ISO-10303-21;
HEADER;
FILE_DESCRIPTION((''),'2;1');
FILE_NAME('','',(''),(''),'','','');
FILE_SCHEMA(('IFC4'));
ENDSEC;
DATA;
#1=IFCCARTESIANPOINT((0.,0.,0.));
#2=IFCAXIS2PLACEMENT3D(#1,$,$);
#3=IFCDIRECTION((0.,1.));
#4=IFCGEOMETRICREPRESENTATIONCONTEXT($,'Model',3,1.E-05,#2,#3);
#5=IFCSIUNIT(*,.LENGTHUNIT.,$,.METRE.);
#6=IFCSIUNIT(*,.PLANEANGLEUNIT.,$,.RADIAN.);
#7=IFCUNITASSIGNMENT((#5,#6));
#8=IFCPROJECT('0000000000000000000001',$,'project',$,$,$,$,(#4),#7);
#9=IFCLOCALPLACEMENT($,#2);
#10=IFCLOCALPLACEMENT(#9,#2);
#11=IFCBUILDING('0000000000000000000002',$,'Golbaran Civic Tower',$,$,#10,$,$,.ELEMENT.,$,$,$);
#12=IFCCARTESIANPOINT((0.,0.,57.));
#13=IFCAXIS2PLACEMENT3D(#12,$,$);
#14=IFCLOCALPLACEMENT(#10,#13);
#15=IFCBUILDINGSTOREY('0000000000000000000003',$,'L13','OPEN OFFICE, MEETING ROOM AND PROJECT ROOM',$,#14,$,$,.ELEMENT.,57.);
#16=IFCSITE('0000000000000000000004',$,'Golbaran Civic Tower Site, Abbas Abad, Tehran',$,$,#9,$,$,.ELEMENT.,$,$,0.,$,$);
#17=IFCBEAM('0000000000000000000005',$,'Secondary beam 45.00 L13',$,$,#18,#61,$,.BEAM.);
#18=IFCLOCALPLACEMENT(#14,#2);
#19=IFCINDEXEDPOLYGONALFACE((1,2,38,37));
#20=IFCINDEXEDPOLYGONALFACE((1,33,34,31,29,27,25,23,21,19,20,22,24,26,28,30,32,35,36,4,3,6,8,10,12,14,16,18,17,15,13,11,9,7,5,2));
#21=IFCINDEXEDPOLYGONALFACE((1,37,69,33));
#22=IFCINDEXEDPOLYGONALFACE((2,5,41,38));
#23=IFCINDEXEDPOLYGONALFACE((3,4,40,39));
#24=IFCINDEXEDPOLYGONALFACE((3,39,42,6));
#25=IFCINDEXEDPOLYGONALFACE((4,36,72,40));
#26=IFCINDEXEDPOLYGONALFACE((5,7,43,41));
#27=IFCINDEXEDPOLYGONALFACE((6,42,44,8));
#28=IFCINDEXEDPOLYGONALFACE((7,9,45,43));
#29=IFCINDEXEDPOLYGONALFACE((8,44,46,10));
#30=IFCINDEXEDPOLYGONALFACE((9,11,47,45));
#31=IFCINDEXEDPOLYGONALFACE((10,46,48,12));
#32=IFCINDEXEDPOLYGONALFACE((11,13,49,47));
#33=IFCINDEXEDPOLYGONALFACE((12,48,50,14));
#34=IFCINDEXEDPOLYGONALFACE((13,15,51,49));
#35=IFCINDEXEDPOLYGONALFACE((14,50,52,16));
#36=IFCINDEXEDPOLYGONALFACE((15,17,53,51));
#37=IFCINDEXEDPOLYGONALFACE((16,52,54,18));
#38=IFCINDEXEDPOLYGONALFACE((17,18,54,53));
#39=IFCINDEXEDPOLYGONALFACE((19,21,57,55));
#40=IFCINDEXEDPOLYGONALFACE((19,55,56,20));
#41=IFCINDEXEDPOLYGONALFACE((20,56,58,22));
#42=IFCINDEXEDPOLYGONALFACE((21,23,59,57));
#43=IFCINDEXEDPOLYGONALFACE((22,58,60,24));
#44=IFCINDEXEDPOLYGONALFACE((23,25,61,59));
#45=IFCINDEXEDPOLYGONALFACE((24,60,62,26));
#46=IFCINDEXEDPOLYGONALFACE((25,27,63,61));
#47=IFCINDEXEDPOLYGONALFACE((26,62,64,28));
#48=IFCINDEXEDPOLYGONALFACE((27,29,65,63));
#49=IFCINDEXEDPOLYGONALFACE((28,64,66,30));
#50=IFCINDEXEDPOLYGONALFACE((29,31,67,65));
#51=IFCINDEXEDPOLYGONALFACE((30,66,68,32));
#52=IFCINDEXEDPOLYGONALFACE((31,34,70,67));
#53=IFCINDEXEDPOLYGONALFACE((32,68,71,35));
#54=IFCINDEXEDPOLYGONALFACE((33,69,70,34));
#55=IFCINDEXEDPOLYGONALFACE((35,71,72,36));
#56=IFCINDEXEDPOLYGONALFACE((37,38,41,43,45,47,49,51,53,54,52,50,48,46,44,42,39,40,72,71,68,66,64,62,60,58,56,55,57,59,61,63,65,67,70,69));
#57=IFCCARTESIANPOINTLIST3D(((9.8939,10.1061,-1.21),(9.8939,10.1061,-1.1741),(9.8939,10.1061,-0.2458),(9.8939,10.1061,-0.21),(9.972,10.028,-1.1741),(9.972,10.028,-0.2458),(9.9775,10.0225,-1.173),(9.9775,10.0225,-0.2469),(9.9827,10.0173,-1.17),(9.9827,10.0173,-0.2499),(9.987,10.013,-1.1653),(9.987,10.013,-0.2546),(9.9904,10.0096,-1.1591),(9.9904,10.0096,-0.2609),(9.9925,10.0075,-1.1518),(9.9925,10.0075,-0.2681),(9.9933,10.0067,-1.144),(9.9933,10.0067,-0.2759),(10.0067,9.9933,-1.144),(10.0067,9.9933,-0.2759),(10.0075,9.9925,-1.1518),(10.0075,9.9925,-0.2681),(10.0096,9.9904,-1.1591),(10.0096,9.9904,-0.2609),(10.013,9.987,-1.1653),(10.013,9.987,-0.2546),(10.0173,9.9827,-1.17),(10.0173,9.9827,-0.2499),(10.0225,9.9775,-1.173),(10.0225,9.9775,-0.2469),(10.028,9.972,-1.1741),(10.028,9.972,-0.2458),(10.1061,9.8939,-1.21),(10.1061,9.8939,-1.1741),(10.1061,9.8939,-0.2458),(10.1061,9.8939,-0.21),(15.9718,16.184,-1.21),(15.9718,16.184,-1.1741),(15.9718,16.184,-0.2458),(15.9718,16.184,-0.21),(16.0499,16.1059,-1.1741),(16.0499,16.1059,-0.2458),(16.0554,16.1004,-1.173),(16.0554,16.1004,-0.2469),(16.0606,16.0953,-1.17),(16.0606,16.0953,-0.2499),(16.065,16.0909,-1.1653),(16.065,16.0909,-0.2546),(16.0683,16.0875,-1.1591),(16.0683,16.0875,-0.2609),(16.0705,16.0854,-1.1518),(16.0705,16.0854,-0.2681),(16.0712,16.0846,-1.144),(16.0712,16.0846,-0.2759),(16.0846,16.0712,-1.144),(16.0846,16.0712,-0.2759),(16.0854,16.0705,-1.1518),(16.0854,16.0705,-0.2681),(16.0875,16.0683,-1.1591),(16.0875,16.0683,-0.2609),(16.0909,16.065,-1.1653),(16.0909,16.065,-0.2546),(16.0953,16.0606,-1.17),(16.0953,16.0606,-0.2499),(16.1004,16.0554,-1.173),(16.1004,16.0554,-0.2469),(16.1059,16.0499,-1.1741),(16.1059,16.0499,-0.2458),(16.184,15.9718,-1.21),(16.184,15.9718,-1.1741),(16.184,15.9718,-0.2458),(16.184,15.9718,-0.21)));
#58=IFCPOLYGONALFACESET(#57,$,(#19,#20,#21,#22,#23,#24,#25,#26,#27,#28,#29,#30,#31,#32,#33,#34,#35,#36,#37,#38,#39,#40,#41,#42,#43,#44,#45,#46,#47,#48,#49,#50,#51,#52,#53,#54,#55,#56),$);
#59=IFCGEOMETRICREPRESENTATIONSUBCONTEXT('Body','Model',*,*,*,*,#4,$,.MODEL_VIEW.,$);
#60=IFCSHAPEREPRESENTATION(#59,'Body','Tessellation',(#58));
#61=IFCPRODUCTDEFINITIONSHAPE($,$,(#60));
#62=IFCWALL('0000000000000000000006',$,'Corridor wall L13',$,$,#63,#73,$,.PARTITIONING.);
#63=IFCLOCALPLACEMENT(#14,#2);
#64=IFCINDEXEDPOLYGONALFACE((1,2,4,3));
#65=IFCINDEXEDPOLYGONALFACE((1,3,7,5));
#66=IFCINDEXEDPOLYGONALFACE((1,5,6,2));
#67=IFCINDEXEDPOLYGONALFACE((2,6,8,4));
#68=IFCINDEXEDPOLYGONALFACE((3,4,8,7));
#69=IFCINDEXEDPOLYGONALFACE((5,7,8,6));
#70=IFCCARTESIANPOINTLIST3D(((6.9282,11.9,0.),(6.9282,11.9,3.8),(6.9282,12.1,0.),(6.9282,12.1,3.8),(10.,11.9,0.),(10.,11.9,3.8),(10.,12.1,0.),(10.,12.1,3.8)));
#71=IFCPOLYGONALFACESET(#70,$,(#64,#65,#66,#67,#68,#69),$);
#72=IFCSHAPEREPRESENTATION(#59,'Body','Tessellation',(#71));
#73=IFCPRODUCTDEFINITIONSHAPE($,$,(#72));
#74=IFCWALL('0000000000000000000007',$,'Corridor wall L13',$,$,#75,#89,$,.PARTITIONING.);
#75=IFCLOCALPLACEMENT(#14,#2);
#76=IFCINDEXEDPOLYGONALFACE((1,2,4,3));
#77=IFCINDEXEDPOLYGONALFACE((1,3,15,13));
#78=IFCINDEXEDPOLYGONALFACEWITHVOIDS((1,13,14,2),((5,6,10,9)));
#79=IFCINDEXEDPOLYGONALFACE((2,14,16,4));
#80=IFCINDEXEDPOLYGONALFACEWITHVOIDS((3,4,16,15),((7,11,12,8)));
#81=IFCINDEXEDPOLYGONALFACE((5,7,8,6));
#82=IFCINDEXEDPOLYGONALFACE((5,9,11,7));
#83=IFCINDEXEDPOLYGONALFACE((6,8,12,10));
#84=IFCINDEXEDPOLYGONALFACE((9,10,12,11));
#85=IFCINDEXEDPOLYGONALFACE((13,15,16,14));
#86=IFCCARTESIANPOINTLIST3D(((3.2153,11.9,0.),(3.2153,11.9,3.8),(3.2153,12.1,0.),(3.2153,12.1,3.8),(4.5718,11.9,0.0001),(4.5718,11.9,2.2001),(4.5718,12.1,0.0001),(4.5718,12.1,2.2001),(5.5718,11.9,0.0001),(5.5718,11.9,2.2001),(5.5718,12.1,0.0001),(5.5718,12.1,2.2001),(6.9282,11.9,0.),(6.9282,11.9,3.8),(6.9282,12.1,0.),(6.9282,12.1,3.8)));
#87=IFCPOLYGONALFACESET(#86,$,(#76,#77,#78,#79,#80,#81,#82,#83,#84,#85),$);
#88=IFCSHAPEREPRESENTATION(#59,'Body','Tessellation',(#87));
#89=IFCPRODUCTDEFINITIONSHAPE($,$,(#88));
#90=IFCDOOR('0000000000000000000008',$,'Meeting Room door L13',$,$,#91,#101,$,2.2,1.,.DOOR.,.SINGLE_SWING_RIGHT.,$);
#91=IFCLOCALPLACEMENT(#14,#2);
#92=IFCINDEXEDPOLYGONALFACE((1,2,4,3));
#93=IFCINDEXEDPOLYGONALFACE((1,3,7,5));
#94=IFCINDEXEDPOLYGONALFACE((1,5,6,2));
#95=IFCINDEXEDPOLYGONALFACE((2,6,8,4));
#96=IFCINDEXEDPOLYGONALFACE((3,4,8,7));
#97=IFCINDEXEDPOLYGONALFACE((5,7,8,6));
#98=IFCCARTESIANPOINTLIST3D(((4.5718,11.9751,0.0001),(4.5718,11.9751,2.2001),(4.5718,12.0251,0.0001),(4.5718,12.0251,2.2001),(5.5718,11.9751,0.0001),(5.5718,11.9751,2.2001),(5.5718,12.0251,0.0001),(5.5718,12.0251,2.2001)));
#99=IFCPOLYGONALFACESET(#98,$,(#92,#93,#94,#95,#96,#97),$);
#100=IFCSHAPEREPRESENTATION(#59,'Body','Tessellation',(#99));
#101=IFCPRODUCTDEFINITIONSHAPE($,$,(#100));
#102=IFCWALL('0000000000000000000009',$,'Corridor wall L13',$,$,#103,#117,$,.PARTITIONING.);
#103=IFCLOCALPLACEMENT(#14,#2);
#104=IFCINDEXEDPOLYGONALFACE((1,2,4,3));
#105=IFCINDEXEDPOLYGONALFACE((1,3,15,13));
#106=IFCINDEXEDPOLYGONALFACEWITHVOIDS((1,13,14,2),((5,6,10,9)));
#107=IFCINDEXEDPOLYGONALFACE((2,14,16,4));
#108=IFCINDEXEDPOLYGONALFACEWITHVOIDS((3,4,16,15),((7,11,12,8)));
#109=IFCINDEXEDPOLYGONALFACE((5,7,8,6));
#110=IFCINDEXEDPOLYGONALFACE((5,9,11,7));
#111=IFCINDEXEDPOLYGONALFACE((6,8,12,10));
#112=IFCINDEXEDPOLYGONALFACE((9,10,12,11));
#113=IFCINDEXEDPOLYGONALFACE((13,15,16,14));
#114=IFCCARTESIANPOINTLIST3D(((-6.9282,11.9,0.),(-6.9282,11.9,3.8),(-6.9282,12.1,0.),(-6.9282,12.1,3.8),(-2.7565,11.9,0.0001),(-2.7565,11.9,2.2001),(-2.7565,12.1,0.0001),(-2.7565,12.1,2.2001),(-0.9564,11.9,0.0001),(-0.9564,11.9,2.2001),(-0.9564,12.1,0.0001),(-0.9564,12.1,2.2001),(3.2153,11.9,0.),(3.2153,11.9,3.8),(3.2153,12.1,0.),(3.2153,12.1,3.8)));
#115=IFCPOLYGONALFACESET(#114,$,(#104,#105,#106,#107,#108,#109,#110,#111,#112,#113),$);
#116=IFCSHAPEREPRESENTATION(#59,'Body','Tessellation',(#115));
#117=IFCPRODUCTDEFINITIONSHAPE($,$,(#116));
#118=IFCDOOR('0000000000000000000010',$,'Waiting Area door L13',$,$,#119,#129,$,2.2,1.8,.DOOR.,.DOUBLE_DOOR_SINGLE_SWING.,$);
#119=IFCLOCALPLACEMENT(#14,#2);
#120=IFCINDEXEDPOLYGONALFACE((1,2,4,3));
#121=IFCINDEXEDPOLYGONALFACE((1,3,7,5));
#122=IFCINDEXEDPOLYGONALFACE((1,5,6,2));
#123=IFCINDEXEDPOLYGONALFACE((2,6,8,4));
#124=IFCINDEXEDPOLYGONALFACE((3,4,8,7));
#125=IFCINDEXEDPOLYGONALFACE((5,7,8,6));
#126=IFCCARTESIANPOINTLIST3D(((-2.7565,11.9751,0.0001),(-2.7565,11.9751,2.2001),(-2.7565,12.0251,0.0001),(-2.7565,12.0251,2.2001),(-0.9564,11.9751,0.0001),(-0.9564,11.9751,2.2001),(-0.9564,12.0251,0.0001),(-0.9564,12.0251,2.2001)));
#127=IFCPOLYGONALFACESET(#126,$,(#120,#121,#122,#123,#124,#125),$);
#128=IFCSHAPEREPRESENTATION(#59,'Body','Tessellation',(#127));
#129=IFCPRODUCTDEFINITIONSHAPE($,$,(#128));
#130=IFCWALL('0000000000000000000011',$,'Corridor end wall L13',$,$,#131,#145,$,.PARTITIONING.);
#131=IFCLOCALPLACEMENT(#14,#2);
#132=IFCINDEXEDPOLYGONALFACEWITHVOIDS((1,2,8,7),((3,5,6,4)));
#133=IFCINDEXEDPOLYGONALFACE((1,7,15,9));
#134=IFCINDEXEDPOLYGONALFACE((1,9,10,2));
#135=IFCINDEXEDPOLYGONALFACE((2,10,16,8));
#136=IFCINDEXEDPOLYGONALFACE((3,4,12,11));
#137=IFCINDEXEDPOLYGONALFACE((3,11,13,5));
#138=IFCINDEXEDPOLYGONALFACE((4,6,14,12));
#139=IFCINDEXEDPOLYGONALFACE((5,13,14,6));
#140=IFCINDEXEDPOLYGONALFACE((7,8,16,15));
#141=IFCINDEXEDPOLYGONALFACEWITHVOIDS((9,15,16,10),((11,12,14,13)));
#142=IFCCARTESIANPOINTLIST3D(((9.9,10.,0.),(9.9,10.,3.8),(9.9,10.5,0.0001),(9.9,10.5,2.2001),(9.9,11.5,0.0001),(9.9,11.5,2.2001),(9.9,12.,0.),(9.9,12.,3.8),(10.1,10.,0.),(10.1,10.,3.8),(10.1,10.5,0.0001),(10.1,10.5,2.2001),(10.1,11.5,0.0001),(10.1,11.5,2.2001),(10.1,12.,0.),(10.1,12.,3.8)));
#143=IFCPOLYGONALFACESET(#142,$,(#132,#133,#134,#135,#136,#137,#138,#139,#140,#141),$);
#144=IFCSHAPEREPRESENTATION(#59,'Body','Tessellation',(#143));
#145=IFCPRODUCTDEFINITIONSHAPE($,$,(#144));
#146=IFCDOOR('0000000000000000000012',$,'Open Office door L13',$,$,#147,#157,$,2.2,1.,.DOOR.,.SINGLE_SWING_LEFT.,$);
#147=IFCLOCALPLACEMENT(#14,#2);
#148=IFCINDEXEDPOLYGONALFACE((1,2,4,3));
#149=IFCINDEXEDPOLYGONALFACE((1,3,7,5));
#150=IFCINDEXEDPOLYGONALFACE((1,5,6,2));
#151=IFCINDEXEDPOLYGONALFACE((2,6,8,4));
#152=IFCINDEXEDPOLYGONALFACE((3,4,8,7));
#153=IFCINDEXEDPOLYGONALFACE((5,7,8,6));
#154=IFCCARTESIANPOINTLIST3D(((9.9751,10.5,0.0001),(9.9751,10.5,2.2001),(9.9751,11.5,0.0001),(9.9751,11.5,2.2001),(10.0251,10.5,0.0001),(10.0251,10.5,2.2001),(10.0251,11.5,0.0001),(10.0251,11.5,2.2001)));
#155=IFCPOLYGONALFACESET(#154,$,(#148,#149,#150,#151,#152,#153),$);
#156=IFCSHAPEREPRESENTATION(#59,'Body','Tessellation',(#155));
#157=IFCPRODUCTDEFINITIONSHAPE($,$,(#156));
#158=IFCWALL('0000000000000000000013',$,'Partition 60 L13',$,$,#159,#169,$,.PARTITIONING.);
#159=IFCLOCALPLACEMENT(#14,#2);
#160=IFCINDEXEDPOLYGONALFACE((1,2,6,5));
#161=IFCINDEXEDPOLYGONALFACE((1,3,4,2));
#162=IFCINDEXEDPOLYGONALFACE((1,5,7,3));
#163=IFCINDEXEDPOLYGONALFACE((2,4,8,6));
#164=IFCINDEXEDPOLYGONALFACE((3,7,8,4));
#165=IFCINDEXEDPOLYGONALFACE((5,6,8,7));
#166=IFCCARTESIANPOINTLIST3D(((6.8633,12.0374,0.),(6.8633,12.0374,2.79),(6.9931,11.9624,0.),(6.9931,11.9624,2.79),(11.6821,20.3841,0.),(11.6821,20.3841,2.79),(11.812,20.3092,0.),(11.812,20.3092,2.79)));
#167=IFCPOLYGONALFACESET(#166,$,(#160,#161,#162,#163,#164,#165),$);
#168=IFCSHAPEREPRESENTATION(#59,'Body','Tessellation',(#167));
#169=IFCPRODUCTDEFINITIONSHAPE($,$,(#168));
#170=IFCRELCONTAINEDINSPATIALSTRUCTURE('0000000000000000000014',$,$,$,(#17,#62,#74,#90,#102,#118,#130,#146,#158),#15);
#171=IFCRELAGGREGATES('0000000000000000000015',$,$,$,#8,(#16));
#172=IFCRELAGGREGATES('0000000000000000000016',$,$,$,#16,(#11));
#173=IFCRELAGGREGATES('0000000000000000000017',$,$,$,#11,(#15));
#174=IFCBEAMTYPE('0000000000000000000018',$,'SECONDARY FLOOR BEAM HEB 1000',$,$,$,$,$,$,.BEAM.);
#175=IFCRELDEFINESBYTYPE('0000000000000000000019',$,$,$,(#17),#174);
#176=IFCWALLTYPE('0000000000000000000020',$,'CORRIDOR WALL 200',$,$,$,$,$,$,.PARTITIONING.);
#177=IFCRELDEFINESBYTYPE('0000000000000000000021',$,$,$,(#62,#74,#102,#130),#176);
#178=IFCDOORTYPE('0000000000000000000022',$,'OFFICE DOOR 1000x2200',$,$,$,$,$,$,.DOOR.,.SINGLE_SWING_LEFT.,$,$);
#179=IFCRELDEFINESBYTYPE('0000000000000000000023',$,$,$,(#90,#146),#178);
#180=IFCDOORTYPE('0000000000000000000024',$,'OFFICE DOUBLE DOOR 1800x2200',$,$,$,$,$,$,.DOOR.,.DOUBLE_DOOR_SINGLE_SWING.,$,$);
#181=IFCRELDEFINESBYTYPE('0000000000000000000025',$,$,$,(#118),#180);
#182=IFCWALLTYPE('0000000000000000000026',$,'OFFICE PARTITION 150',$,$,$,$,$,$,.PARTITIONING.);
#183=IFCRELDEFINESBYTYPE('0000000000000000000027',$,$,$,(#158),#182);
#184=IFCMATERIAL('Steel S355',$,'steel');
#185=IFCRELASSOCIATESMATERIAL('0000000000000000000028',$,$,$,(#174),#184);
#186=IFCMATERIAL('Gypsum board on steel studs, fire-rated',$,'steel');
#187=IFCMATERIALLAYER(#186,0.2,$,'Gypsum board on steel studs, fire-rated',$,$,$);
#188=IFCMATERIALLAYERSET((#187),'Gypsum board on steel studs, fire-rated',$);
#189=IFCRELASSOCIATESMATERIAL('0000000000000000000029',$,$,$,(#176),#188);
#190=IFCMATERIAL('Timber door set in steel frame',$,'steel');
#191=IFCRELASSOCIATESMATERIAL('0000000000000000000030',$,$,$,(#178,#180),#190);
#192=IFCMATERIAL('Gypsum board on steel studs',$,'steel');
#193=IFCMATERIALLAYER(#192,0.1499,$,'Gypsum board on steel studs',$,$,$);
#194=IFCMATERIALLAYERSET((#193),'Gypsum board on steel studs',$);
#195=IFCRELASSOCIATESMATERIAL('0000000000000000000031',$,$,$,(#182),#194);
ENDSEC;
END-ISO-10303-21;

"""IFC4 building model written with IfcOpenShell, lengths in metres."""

from ifc_helpers import new_model, si_unit, direction, frame, frame_2d, origin, origin_2d, place, context, subcontext, project, spatial, rectangle, i_section, extrude, material, layer, layer_set, material_profile, profile_set, type_object, element, fill, save


model = new_model("IFC4")

# Units and contexts
model_context = context("Model", 3, precision=1e-05, world=origin(), true_north=direction((0.0, 1.0)))
body_context = subcontext(model_context, "Body", "Model", "MODEL_VIEW")
ifc_project = project(units=[si_unit("LENGTHUNIT", "METRE"), si_unit("PLANEANGLEUNIT", "RADIAN")], contexts=[model_context])

# Site, building, storey
site_placement = place(None, origin())
site = spatial("IfcSite", under=ifc_project, at=site_placement, Name="Golbaran Civic Tower Site, Abbas Abad, Tehran", CompositionType="ELEMENT", RefElevation=0.0)
building_placement = place(site_placement, origin())
building = spatial("IfcBuilding", under=site, at=building_placement, Name="Golbaran Civic Tower", CompositionType="ELEMENT")
storey_placement = place(building_placement, frame((0.0, 0.0, 57.0)))
storey = spatial("IfcBuildingStorey", under=building, at=storey_placement, Name="L13", Description="OPEN OFFICE, MEETING ROOM AND PROJECT ROOM", CompositionType="ELEMENT", Elevation=57.0)

# Beam
ifc_material_1 = material(Name="Steel S355", Category="steel")
ifc_material_profile_1 = material_profile(ifc_material_1, i_section(OverallWidth=0.3, OverallDepth=1.0, WebThickness=0.019, FlangeThickness=0.0359, FilletRadius=0.03, at=origin_2d()), Name="HEB 1000")
ifc_profile_set_1 = profile_set([ifc_material_profile_1], Name="Steel S355")
beam_type_1 = type_object("IfcBeamType", Name="SECONDARY FLOOR BEAM HEB 1000", PredefinedType="BEAM", material=ifc_profile_set_1)
beam_1_placement = place(storey_placement, frame((10.0, 10.0, -0.71), z_axis=(0.707107, 0.707107, 0.0), x_axis=(-0.707107, 0.707107, 0.0)))
element("IfcBeam", 1, at=beam_1_placement, inside=storey, type_object=beam_type_1, Name="Secondary beam 45.00 L13", PredefinedType="BEAM", context=body_context, shape_type="SweptSolid", body=[
    extrude(i_section(OverallWidth=0.3, OverallDepth=1.0, WebThickness=0.019, FlangeThickness=0.0359, FilletRadius=0.03, at=origin_2d()), origin(), (0.0, 0.0, 1.0), 8.5955),
])

# Wall
ifc_material_2 = material(Name="Gypsum board on steel studs, fire-rated", Category="steel")
ifc_layer_1 = layer(ifc_material_2, 0.2, Name="Gypsum board on steel studs, fire-rated")
ifc_layer_set_1 = layer_set([ifc_layer_1], Name="Gypsum board on steel studs, fire-rated")
wall_type_1 = type_object("IfcWallType", Name="CORRIDOR WALL 200", PredefinedType="PARTITIONING", material=ifc_layer_set_1)
wall_1_placement = place(storey_placement, frame((10.0, 12.0, 0.0), z_axis=(0.0, 0.0, 1.0), x_axis=(-1.0, 0.0, 0.0)))
element("IfcWall", 2, at=wall_1_placement, inside=storey, type_object=wall_type_1, Name="Corridor wall L13", PredefinedType="PARTITIONING", context=body_context, shape_type="SweptSolid", body=[
    extrude(rectangle(XDim=3.0718, YDim=0.2, at=frame_2d((1.5359, 0.0))), origin(), (0.0, 0.0, 1.0), 3.8),
])

# Walls, openings, doors
wall_2_placement = place(storey_placement, frame((6.9282, 12.0, 0.0), z_axis=(0.0, 0.0, 1.0), x_axis=(-1.0, 0.0, 0.0)))
wall_2 = element("IfcWall", 3, at=wall_2_placement, inside=storey, type_object=wall_type_1, Name="Corridor wall L13", PredefinedType="PARTITIONING", context=body_context, shape_type="SweptSolid", body=[
    extrude(rectangle(XDim=3.7129, YDim=0.2, at=frame_2d((1.8564, 0.0))), origin(), (0.0, 0.0, 1.0), 3.8),
])
opening_1_placement = place(wall_2_placement, frame((1.3564, 0.0, 0.0)))
opening_1 = element("IfcOpeningElement", 4, at=opening_1_placement, cuts=wall_2, PredefinedType="OPENING", context=body_context, shape_type="SweptSolid", body=[
    extrude(rectangle(XDim=1.0, YDim=2.2, at=frame_2d((0.5, 1.1001))), frame((0.0, 0.1099, 0.0), z_axis=(0.0, -1.0, 0.0), x_axis=(1.0, 0.0, 0.0)), (0.0, 0.0, 1.0), 0.22),
])
ifc_material_3 = material(Name="Timber door set in steel frame", Category="steel")
door_type_1 = type_object("IfcDoorType", Name="OFFICE DOOR 1000x2200", OperationType="SINGLE_SWING_LEFT", PredefinedType="DOOR", material=ifc_material_3)
door_1_placement = place(opening_1_placement, origin())
door_1 = element("IfcDoor", 5, at=door_1_placement, inside=storey, type_object=door_type_1, Name="Meeting Room door L13", OperationType="SINGLE_SWING_RIGHT", OverallHeight=2.2, OverallWidth=1.0, PredefinedType="DOOR", context=body_context, shape_type="SweptSolid", body=[
    extrude(rectangle(XDim=1.0, YDim=2.2, at=frame_2d((0.5, 1.1001))), frame((0.0, 0.0249, 0.0), z_axis=(0.0, -1.0, 0.0), x_axis=(1.0, 0.0, 0.0)), (0.0, 0.0, 1.0), 0.05),
])
fill(opening_1, door_1)
wall_3_placement = place(storey_placement, frame((3.2153, 12.0, 0.0), z_axis=(0.0, 0.0, 1.0), x_axis=(-1.0, 0.0, 0.0)))
wall_3 = element("IfcWall", 6, at=wall_3_placement, inside=storey, type_object=wall_type_1, Name="Corridor wall L13", PredefinedType="PARTITIONING", context=body_context, shape_type="SweptSolid", body=[
    extrude(rectangle(XDim=10.1436, YDim=0.2, at=frame_2d((5.0718, 0.0))), origin(), (0.0, 0.0, 1.0), 3.8),
])
opening_2_placement = place(wall_3_placement, frame((4.1719, 0.0, 0.0)))
opening_2 = element("IfcOpeningElement", 7, at=opening_2_placement, cuts=wall_3, PredefinedType="OPENING", context=body_context, shape_type="SweptSolid", body=[
    extrude(rectangle(XDim=1.8, YDim=2.2, at=frame_2d((0.8999, 1.1001))), frame((0.0, 0.1099, 0.0), z_axis=(0.0, -1.0, 0.0), x_axis=(1.0, 0.0, 0.0)), (0.0, 0.0, 1.0), 0.22),
])
door_type_2 = type_object("IfcDoorType", Name="OFFICE DOUBLE DOOR 1800x2200", OperationType="DOUBLE_DOOR_SINGLE_SWING", PredefinedType="DOOR", material=ifc_material_3)
door_2_placement = place(opening_2_placement, origin())
door_2 = element("IfcDoor", 8, at=door_2_placement, inside=storey, type_object=door_type_2, Name="Waiting Area door L13", OperationType="DOUBLE_DOOR_SINGLE_SWING", OverallHeight=2.2, OverallWidth=1.8, PredefinedType="DOOR", context=body_context, shape_type="SweptSolid", body=[
    extrude(rectangle(XDim=1.8, YDim=2.2, at=frame_2d((0.8999, 1.1001))), frame((0.0, 0.0249, 0.0), z_axis=(0.0, -1.0, 0.0), x_axis=(1.0, 0.0, 0.0)), (0.0, 0.0, 1.0), 0.05),
])
fill(opening_2, door_2)
wall_4_placement = place(storey_placement, frame((10.0, 10.0, 0.0), z_axis=(0.0, 0.0, 1.0), x_axis=(0.0, 1.0, 0.0)))
wall_4 = element("IfcWall", 9, at=wall_4_placement, inside=storey, type_object=wall_type_1, Name="Corridor end wall L13", PredefinedType="PARTITIONING", context=body_context, shape_type="SweptSolid", body=[
    extrude(rectangle(XDim=2.0, YDim=0.2, at=frame_2d((1.0, 0.0))), origin(), (0.0, 0.0, 1.0), 3.8),
])
opening_3_placement = place(wall_4_placement, frame((0.5, 0.0, 0.0)))
opening_3 = element("IfcOpeningElement", 10, at=opening_3_placement, cuts=wall_4, PredefinedType="OPENING", context=body_context, shape_type="SweptSolid", body=[
    extrude(rectangle(XDim=1.0, YDim=2.2, at=frame_2d((0.5, 1.1001))), frame((0.0, 0.1099, 0.0), z_axis=(0.0, -1.0, 0.0), x_axis=(1.0, 0.0, 0.0)), (0.0, 0.0, 1.0), 0.22),
])
door_3_placement = place(opening_3_placement, origin())
door_3 = element("IfcDoor", 11, at=door_3_placement, inside=storey, type_object=door_type_1, Name="Open Office door L13", OperationType="SINGLE_SWING_LEFT", OverallHeight=2.2, OverallWidth=1.0, PredefinedType="DOOR", context=body_context, shape_type="SweptSolid", body=[
    extrude(rectangle(XDim=1.0, YDim=2.2, at=frame_2d((0.5, 1.1001))), frame((0.0, 0.0249, 0.0), z_axis=(0.0, -1.0, 0.0), x_axis=(1.0, 0.0, 0.0)), (0.0, 0.0, 1.0), 0.05),
])
fill(opening_3, door_3)

# Wall
ifc_material_4 = material(Name="Gypsum board on steel studs", Category="steel")
ifc_layer_2 = layer(ifc_material_4, 0.1499, Name="Gypsum board on steel studs")
ifc_layer_set_2 = layer_set([ifc_layer_2], Name="Gypsum board on steel studs")
wall_type_2 = type_object("IfcWallType", Name="OFFICE PARTITION 150", PredefinedType="PARTITIONING", material=ifc_layer_set_2)
wall_5_placement = place(storey_placement, frame((6.9282, 12.0, 0.0), z_axis=(0.0, 0.0, 1.0), x_axis=(0.499991, 0.86603, 0.0)))
element("IfcWall", 12, at=wall_5_placement, inside=storey, type_object=wall_type_2, Name="Partition 60 L13", PredefinedType="PARTITIONING", context=body_context, shape_type="SweptSolid", body=[
    extrude(rectangle(XDim=9.6379, YDim=0.1499, at=frame_2d((4.8188, 0.0))), origin(), (0.0, 0.0, 1.0), 2.79),
])

save(model, "model.ifc")
